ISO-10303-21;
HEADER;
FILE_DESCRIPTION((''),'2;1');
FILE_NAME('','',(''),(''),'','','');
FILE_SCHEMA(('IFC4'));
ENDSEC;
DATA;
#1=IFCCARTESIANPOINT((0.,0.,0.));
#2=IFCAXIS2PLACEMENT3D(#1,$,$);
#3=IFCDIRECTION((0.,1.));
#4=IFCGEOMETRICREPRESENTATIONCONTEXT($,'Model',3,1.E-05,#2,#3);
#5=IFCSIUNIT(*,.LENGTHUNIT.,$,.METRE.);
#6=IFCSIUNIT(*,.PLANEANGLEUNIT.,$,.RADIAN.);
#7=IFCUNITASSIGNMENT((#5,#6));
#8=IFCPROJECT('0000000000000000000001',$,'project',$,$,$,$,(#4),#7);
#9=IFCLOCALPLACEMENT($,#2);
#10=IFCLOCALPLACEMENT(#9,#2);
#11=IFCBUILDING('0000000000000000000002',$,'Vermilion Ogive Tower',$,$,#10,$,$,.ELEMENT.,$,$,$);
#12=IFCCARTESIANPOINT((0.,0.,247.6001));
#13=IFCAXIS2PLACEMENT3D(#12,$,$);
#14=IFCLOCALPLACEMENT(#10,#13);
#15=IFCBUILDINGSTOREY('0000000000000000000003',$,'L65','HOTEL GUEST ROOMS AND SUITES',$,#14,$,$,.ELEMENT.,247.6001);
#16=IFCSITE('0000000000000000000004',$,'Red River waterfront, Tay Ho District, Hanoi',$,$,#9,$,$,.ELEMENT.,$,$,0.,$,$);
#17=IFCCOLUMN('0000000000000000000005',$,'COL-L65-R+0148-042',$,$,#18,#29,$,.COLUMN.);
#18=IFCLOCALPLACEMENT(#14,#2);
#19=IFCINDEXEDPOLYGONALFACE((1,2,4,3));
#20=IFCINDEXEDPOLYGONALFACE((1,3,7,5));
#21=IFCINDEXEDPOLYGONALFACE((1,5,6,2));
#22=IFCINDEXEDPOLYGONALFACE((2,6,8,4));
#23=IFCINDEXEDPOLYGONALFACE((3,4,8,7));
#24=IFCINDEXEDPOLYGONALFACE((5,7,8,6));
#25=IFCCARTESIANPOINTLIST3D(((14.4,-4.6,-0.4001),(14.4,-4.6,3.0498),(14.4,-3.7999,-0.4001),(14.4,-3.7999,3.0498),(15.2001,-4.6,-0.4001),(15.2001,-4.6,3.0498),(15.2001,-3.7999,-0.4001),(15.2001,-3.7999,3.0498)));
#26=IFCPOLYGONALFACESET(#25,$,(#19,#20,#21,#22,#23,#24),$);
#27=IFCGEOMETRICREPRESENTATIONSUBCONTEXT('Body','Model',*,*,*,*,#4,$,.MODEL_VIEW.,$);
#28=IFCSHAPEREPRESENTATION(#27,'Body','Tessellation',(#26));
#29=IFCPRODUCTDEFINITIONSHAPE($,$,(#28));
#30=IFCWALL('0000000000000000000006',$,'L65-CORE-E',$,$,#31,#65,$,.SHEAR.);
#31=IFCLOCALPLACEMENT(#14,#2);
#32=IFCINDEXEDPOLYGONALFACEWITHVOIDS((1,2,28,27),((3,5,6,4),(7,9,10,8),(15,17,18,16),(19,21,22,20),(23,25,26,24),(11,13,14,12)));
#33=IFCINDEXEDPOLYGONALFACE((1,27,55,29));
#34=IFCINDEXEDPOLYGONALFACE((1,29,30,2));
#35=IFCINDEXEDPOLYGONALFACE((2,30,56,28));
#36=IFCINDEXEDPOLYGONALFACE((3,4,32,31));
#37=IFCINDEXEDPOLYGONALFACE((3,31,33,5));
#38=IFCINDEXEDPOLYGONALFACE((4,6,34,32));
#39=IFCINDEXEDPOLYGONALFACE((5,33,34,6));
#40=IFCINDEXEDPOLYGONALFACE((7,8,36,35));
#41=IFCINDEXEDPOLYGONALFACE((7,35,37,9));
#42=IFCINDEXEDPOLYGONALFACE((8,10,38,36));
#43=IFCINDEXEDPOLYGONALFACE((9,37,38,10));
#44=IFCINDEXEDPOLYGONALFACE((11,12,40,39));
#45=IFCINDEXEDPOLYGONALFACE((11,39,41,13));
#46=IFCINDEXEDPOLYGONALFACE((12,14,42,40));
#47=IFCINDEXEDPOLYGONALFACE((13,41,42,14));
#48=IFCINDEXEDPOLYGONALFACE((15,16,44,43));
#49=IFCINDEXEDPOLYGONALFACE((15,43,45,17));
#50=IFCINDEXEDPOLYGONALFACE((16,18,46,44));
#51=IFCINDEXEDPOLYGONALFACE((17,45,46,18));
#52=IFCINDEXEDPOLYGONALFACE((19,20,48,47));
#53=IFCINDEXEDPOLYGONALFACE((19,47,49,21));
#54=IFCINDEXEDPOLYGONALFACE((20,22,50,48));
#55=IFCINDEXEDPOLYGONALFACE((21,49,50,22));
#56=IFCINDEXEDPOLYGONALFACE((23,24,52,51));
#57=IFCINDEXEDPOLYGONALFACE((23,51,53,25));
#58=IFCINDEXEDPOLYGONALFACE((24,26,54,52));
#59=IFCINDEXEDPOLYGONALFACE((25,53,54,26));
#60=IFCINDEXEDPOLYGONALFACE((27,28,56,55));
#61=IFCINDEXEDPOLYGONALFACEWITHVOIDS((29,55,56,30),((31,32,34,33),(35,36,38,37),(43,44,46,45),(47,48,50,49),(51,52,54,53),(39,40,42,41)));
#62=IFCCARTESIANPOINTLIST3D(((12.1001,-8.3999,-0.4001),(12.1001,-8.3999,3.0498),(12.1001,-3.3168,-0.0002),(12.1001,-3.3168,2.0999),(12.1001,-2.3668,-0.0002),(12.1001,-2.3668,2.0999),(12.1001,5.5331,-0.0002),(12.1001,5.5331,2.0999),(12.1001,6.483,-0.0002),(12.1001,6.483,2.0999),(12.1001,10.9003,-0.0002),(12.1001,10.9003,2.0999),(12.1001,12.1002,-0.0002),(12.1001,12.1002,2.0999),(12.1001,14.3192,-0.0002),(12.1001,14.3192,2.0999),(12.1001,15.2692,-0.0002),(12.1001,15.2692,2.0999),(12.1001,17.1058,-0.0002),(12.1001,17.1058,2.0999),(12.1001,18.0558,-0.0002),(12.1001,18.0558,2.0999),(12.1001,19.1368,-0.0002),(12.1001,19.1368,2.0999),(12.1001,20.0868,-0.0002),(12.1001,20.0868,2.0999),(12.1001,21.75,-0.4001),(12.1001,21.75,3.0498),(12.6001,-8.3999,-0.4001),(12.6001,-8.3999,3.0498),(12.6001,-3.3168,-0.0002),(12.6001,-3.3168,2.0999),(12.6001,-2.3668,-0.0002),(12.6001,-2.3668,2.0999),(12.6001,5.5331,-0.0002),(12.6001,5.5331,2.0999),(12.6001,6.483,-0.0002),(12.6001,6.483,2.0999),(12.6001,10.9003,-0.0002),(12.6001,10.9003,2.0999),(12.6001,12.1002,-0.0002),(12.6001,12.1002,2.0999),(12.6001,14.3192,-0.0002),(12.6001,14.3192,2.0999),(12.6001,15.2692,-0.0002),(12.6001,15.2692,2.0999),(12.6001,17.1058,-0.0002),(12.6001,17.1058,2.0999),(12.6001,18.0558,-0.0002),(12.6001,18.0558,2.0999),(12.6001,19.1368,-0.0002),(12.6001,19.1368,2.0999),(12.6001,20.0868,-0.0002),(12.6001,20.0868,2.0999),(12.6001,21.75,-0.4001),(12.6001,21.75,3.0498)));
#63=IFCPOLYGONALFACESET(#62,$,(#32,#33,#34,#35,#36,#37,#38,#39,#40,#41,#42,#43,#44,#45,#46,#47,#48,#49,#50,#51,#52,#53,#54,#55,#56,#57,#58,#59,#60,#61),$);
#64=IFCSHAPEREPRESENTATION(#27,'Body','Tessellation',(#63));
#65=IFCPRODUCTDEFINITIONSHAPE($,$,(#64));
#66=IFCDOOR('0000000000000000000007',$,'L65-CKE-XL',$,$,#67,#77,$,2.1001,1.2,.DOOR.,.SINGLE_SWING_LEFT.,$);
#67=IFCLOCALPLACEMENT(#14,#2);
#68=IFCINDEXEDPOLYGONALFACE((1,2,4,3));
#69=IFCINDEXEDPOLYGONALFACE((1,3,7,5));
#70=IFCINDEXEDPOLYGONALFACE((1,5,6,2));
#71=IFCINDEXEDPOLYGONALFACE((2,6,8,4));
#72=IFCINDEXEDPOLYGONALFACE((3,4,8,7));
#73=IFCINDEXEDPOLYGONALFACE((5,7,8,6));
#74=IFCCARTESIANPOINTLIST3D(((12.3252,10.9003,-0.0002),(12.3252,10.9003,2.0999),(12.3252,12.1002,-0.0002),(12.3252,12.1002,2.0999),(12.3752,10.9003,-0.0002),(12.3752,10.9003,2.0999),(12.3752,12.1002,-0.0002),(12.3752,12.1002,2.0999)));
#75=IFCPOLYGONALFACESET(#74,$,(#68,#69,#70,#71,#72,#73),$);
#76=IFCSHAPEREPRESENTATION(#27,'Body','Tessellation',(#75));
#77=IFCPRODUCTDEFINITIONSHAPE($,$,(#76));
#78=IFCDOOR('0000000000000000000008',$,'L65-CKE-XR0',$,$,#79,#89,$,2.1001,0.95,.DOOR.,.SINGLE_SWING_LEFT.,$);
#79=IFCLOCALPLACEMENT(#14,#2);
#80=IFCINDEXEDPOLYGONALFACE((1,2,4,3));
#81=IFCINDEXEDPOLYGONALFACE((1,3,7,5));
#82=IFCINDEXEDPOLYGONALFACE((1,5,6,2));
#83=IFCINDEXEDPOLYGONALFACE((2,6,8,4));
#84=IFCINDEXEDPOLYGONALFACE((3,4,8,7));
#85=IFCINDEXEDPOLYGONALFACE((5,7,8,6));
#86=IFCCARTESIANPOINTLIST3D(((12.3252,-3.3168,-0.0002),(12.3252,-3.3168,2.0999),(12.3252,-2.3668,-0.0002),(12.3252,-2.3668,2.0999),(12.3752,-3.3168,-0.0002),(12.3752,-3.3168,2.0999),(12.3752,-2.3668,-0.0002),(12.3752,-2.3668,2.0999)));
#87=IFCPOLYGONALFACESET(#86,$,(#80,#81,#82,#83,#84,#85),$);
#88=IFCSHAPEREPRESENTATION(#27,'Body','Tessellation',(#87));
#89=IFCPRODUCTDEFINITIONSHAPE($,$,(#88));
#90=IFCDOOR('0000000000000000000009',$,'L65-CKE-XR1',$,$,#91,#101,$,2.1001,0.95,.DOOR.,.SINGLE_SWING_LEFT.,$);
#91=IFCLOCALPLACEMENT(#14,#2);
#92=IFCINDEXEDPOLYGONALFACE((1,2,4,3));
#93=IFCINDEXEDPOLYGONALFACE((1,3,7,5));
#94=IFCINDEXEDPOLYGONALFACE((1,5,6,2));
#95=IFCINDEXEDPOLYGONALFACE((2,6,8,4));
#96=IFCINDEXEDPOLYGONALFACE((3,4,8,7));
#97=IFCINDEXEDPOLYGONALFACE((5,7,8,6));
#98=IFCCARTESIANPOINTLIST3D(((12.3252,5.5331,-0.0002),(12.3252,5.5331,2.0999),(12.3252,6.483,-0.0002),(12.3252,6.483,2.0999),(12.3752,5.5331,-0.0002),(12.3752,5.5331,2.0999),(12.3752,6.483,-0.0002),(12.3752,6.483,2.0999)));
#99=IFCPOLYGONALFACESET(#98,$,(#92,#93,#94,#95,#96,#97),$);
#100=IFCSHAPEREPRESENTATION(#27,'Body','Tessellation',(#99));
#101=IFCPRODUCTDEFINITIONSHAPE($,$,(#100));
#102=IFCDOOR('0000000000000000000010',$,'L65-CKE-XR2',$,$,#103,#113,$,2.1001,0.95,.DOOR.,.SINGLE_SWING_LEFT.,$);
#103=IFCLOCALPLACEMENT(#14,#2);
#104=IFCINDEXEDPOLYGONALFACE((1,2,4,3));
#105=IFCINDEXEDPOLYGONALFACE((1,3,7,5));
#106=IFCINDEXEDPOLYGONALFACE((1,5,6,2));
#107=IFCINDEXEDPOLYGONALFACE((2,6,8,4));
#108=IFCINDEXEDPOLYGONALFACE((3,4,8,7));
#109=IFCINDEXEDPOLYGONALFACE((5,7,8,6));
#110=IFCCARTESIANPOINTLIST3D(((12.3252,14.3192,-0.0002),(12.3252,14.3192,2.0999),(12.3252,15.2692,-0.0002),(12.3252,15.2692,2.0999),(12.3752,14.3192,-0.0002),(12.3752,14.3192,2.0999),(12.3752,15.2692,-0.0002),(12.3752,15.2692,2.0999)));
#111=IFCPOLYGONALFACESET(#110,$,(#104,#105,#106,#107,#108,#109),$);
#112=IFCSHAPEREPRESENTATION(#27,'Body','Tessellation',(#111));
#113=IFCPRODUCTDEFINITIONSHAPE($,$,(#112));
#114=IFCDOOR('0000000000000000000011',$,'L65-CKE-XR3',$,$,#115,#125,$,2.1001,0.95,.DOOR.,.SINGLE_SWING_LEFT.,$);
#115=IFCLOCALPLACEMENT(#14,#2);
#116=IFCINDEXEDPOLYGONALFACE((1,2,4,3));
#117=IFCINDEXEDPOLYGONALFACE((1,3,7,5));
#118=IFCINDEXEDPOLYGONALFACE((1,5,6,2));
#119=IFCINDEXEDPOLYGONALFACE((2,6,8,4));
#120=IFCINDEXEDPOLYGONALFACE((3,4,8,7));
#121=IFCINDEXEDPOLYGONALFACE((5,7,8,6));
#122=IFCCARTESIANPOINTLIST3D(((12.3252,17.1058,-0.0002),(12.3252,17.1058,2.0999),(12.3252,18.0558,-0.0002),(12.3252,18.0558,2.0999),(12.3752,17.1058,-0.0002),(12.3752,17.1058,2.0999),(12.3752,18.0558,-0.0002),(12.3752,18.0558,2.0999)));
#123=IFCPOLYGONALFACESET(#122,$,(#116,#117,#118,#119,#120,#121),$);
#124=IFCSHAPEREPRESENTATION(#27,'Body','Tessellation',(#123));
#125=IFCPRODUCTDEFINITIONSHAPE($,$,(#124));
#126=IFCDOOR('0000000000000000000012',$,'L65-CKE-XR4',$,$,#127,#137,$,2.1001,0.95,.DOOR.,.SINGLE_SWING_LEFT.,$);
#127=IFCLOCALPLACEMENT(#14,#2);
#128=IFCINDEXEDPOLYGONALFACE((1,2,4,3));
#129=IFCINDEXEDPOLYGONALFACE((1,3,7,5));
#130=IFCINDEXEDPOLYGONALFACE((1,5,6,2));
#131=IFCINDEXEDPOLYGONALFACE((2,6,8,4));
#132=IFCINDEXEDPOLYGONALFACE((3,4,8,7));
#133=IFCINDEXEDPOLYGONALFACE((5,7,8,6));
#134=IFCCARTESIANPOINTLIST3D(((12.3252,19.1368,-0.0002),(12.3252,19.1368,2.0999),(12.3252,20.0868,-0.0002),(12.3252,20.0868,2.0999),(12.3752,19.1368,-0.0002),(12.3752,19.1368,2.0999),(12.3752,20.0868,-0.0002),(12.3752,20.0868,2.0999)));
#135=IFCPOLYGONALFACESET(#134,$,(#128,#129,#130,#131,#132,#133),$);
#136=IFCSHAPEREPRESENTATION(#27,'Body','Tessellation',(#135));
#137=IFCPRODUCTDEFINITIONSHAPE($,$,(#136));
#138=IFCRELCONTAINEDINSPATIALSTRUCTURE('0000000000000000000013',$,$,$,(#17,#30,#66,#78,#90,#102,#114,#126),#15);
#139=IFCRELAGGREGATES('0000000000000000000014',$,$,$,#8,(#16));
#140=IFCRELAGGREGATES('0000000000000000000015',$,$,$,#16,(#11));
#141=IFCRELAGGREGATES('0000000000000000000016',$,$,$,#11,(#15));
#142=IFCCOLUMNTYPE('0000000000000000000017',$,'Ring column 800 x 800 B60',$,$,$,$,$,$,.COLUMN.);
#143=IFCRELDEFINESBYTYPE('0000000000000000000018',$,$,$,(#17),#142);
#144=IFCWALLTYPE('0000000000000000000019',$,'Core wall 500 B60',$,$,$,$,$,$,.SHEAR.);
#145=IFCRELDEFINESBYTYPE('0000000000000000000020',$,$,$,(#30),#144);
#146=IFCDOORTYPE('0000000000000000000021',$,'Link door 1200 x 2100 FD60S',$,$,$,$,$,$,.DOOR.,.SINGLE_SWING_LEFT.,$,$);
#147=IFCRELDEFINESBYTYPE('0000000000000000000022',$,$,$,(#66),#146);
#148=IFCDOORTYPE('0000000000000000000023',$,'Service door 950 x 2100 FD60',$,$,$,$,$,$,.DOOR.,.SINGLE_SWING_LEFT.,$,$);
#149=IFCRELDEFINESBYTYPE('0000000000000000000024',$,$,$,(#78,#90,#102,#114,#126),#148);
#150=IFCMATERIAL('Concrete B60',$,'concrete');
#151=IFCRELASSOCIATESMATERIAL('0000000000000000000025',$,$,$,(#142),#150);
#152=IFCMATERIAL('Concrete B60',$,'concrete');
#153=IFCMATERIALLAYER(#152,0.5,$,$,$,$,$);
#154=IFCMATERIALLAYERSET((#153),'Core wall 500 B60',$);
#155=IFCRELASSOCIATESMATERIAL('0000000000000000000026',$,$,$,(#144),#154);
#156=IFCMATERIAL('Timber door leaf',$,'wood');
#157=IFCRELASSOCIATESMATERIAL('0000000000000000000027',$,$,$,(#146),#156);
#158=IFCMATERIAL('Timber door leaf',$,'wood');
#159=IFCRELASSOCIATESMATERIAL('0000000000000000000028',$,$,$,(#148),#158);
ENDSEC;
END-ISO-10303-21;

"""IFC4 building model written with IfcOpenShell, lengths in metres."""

from ifc_helpers import new_model, si_unit, direction, frame, frame_2d, origin, origin_2d, place, context, subcontext, project, spatial, rectangle, extrude, material, layer, layer_set, material_profile, profile_set, type_object, element, fill, save


model = new_model("IFC4")

# Units and contexts
model_context = context("Model", 3, precision=1e-05, world=origin(), true_north=direction((0.0, 1.0)))
body_context = subcontext(model_context, "Body", "Model", "MODEL_VIEW")
ifc_project = project(units=[si_unit("LENGTHUNIT", "METRE"), si_unit("PLANEANGLEUNIT", "RADIAN")], contexts=[model_context])

# Site, building, storey
site_placement = place(None, origin())
site = spatial("IfcSite", under=ifc_project, at=site_placement, Name="Red River waterfront, Tay Ho District, Hanoi", CompositionType="ELEMENT", RefElevation=0.0)
building_placement = place(site_placement, origin())
building = spatial("IfcBuilding", under=site, at=building_placement, Name="Vermilion Ogive Tower", CompositionType="ELEMENT")
storey_placement = place(building_placement, frame((0.0, 0.0, 247.6001)))
storey = spatial("IfcBuildingStorey", under=building, at=storey_placement, Name="L65", Description="HOTEL GUEST ROOMS AND SUITES", CompositionType="ELEMENT", Elevation=247.6001)

# Column
ifc_material_1 = material(Name="Concrete B60", Category="concrete")
ifc_material_profile = material_profile(ifc_material_1, rectangle(XDim=0.8, YDim=0.8, at=origin_2d()), Name="800 x 800")
ifc_profile_set = profile_set([ifc_material_profile], Name="Concrete B60")
column_type = type_object("IfcColumnType", Name="Ring column 800 x 800 B60", PredefinedType="COLUMN", material=ifc_profile_set)
column_placement = place(storey_placement, frame((14.8, -4.2, -0.4001), z_axis=(0.0, 0.0, 1.0), x_axis=(1.0, 0.0, 0.0)))
element("IfcColumn", 1, at=column_placement, inside=storey, type_object=column_type, Name="COL-L65-R+0148-042", PredefinedType="COLUMN", context=body_context, shape_type="SweptSolid", body=[
    extrude(rectangle(XDim=0.8, YDim=0.8, at=origin_2d()), origin(), (0.0, 0.0, 1.0), 3.45),
])

# Wall, openings, doors
ifc_material_2 = material(Name="Concrete B60", Category="concrete")
ifc_layer_1 = layer(ifc_material_2, 0.5)
ifc_layer_set_1 = layer_set([ifc_layer_1], Name="Core wall 500 B60")
wall_type_1 = type_object("IfcWallType", Name="Core wall 500 B60", PredefinedType="SHEAR", material=ifc_layer_set_1)
wall_1_placement = place(storey_placement, frame((12.3501, -8.3999, -0.4001), z_axis=(0.0, 0.0, 1.0), x_axis=(0.0, 1.0, 0.0)))
wall_1 = element("IfcWall", 2, at=wall_1_placement, inside=storey, type_object=wall_type_1, Name="L65-CORE-E", PredefinedType="SHEAR", context=body_context, shape_type="SweptSolid", body=[
    extrude(rectangle(XDim=30.1499, YDim=0.5, at=frame_2d((15.075, 0.0))), origin(), (0.0, 0.0, 1.0), 3.45),
])
opening_1_placement = place(wall_1_placement, frame((5.083, 0.0, 0.3999)))
opening_1 = element("IfcOpeningElement", 3, at=opening_1_placement, cuts=wall_1, PredefinedType="OPENING", context=body_context, shape_type="SweptSolid", body=[
    extrude(rectangle(XDim=0.95, YDim=2.1001, at=frame_2d((0.4751, 1.05))), frame((0.0, 0.26, 0.0), z_axis=(0.0, -1.0, 0.0), x_axis=(1.0, 0.0, 0.0)), (0.0, 0.0, 1.0), 0.52),
])
opening_2_placement = place(wall_1_placement, frame((13.9329, 0.0, 0.3999)))
opening_2 = element("IfcOpeningElement", 4, at=opening_2_placement, cuts=wall_1, PredefinedType="OPENING", context=body_context, shape_type="SweptSolid", body=[
    extrude(rectangle(XDim=0.95, YDim=2.1001, at=frame_2d((0.4751, 1.05))), frame((0.0, 0.26, 0.0), z_axis=(0.0, -1.0, 0.0), x_axis=(1.0, 0.0, 0.0)), (0.0, 0.0, 1.0), 0.52),
])
opening_3_placement = place(wall_1_placement, frame((22.719, 0.0, 0.3999)))
opening_3 = element("IfcOpeningElement", 5, at=opening_3_placement, cuts=wall_1, PredefinedType="OPENING", context=body_context, shape_type="SweptSolid", body=[
    extrude(rectangle(XDim=0.95, YDim=2.1001, at=frame_2d((0.4751, 1.05))), frame((0.0, 0.26, 0.0), z_axis=(0.0, -1.0, 0.0), x_axis=(1.0, 0.0, 0.0)), (0.0, 0.0, 1.0), 0.52),
])
opening_4_placement = place(wall_1_placement, frame((25.5056, 0.0, 0.3999)))
opening_4 = element("IfcOpeningElement", 6, at=opening_4_placement, cuts=wall_1, PredefinedType="OPENING", context=body_context, shape_type="SweptSolid", body=[
    extrude(rectangle(XDim=0.95, YDim=2.1001, at=frame_2d((0.4751, 1.05))), frame((0.0, 0.26, 0.0), z_axis=(0.0, -1.0, 0.0), x_axis=(1.0, 0.0, 0.0)), (0.0, 0.0, 1.0), 0.52),
])
opening_5_placement = place(wall_1_placement, frame((27.5366, 0.0, 0.3999)))
opening_5 = element("IfcOpeningElement", 7, at=opening_5_placement, cuts=wall_1, PredefinedType="OPENING", context=body_context, shape_type="SweptSolid", body=[
    extrude(rectangle(XDim=0.95, YDim=2.1001, at=frame_2d((0.4751, 1.05))), frame((0.0, 0.26, 0.0), z_axis=(0.0, -1.0, 0.0), x_axis=(1.0, 0.0, 0.0)), (0.0, 0.0, 1.0), 0.52),
])
opening_6_placement = place(wall_1_placement, frame((19.3, 0.0, 0.3999)))
opening_6 = element("IfcOpeningElement", 8, at=opening_6_placement, cuts=wall_1, PredefinedType="OPENING", context=body_context, shape_type="SweptSolid", body=[
    extrude(rectangle(XDim=1.2, YDim=2.1001, at=frame_2d((0.6001, 1.05))), frame((0.0, 0.26, 0.0), z_axis=(0.0, -1.0, 0.0), x_axis=(1.0, 0.0, 0.0)), (0.0, 0.0, 1.0), 0.52),
])
ifc_material_3 = material(Name="Timber door leaf", Category="wood")
door_type_1 = type_object("IfcDoorType", Name="Link door 1200 x 2100 FD60S", OperationType="SINGLE_SWING_LEFT", PredefinedType="DOOR", material=ifc_material_3)
door_1_placement = place(opening_6_placement, origin())
door_1 = element("IfcDoor", 9, at=door_1_placement, inside=storey, type_object=door_type_1, Name="L65-CKE-XL", OperationType="SINGLE_SWING_LEFT", OverallHeight=2.1001, OverallWidth=1.2, PredefinedType="DOOR", context=body_context, shape_type="SweptSolid", body=[
    extrude(rectangle(XDim=1.2, YDim=2.1001, at=frame_2d((0.6001, 1.05))), frame((0.0, 0.0249, 0.0), z_axis=(0.0, -1.0, 0.0), x_axis=(1.0, 0.0, 0.0)), (0.0, 0.0, 1.0), 0.05),
])
fill(opening_6, door_1)
ifc_material_4 = material(Name="Timber door leaf", Category="wood")
door_type_2 = type_object("IfcDoorType", Name="Service door 950 x 2100 FD60", OperationType="SINGLE_SWING_LEFT", PredefinedType="DOOR", material=ifc_material_4)
door_2_placement = place(opening_1_placement, origin())
door_2 = element("IfcDoor", 10, at=door_2_placement, inside=storey, type_object=door_type_2, Name="L65-CKE-XR0", OperationType="SINGLE_SWING_LEFT", OverallHeight=2.1001, OverallWidth=0.95, PredefinedType="DOOR", context=body_context, shape_type="SweptSolid", body=[
    extrude(rectangle(XDim=0.95, YDim=2.1001, at=frame_2d((0.4751, 1.05))), frame((0.0, 0.0249, 0.0), z_axis=(0.0, -1.0, 0.0), x_axis=(1.0, 0.0, 0.0)), (0.0, 0.0, 1.0), 0.05),
])
fill(opening_1, door_2)
door_3_placement = place(opening_2_placement, origin())
door_3 = element("IfcDoor", 11, at=door_3_placement, inside=storey, type_object=door_type_2, Name="L65-CKE-XR1", OperationType="SINGLE_SWING_LEFT", OverallHeight=2.1001, OverallWidth=0.95, PredefinedType="DOOR", context=body_context, shape_type="SweptSolid", body=[
    extrude(rectangle(XDim=0.95, YDim=2.1001, at=frame_2d((0.4751, 1.05))), frame((0.0, 0.0249, 0.0), z_axis=(0.0, -1.0, 0.0), x_axis=(1.0, 0.0, 0.0)), (0.0, 0.0, 1.0), 0.05),
])
fill(opening_2, door_3)
door_4_placement = place(opening_3_placement, origin())
door_4 = element("IfcDoor", 12, at=door_4_placement, inside=storey, type_object=door_type_2, Name="L65-CKE-XR2", OperationType="SINGLE_SWING_LEFT", OverallHeight=2.1001, OverallWidth=0.95, PredefinedType="DOOR", context=body_context, shape_type="SweptSolid", body=[
    extrude(rectangle(XDim=0.95, YDim=2.1001, at=frame_2d((0.4751, 1.05))), frame((0.0, 0.0249, 0.0), z_axis=(0.0, -1.0, 0.0), x_axis=(1.0, 0.0, 0.0)), (0.0, 0.0, 1.0), 0.05),
])
fill(opening_3, door_4)
door_5_placement = place(opening_4_placement, origin())
door_5 = element("IfcDoor", 13, at=door_5_placement, inside=storey, type_object=door_type_2, Name="L65-CKE-XR3", OperationType="SINGLE_SWING_LEFT", OverallHeight=2.1001, OverallWidth=0.95, PredefinedType="DOOR", context=body_context, shape_type="SweptSolid", body=[
    extrude(rectangle(XDim=0.95, YDim=2.1001, at=frame_2d((0.4751, 1.05))), frame((0.0, 0.0249, 0.0), z_axis=(0.0, -1.0, 0.0), x_axis=(1.0, 0.0, 0.0)), (0.0, 0.0, 1.0), 0.05),
])
fill(opening_4, door_5)
door_6_placement = place(opening_5_placement, origin())
door_6 = element("IfcDoor", 14, at=door_6_placement, inside=storey, type_object=door_type_2, Name="L65-CKE-XR4", OperationType="SINGLE_SWING_LEFT", OverallHeight=2.1001, OverallWidth=0.95, PredefinedType="DOOR", context=body_context, shape_type="SweptSolid", body=[
    extrude(rectangle(XDim=0.95, YDim=2.1001, at=frame_2d((0.4751, 1.05))), frame((0.0, 0.0249, 0.0), z_axis=(0.0, -1.0, 0.0), x_axis=(1.0, 0.0, 0.0)), (0.0, 0.0, 1.0), 0.05),
])
fill(opening_5, door_6)

save(model, "model.ifc")
